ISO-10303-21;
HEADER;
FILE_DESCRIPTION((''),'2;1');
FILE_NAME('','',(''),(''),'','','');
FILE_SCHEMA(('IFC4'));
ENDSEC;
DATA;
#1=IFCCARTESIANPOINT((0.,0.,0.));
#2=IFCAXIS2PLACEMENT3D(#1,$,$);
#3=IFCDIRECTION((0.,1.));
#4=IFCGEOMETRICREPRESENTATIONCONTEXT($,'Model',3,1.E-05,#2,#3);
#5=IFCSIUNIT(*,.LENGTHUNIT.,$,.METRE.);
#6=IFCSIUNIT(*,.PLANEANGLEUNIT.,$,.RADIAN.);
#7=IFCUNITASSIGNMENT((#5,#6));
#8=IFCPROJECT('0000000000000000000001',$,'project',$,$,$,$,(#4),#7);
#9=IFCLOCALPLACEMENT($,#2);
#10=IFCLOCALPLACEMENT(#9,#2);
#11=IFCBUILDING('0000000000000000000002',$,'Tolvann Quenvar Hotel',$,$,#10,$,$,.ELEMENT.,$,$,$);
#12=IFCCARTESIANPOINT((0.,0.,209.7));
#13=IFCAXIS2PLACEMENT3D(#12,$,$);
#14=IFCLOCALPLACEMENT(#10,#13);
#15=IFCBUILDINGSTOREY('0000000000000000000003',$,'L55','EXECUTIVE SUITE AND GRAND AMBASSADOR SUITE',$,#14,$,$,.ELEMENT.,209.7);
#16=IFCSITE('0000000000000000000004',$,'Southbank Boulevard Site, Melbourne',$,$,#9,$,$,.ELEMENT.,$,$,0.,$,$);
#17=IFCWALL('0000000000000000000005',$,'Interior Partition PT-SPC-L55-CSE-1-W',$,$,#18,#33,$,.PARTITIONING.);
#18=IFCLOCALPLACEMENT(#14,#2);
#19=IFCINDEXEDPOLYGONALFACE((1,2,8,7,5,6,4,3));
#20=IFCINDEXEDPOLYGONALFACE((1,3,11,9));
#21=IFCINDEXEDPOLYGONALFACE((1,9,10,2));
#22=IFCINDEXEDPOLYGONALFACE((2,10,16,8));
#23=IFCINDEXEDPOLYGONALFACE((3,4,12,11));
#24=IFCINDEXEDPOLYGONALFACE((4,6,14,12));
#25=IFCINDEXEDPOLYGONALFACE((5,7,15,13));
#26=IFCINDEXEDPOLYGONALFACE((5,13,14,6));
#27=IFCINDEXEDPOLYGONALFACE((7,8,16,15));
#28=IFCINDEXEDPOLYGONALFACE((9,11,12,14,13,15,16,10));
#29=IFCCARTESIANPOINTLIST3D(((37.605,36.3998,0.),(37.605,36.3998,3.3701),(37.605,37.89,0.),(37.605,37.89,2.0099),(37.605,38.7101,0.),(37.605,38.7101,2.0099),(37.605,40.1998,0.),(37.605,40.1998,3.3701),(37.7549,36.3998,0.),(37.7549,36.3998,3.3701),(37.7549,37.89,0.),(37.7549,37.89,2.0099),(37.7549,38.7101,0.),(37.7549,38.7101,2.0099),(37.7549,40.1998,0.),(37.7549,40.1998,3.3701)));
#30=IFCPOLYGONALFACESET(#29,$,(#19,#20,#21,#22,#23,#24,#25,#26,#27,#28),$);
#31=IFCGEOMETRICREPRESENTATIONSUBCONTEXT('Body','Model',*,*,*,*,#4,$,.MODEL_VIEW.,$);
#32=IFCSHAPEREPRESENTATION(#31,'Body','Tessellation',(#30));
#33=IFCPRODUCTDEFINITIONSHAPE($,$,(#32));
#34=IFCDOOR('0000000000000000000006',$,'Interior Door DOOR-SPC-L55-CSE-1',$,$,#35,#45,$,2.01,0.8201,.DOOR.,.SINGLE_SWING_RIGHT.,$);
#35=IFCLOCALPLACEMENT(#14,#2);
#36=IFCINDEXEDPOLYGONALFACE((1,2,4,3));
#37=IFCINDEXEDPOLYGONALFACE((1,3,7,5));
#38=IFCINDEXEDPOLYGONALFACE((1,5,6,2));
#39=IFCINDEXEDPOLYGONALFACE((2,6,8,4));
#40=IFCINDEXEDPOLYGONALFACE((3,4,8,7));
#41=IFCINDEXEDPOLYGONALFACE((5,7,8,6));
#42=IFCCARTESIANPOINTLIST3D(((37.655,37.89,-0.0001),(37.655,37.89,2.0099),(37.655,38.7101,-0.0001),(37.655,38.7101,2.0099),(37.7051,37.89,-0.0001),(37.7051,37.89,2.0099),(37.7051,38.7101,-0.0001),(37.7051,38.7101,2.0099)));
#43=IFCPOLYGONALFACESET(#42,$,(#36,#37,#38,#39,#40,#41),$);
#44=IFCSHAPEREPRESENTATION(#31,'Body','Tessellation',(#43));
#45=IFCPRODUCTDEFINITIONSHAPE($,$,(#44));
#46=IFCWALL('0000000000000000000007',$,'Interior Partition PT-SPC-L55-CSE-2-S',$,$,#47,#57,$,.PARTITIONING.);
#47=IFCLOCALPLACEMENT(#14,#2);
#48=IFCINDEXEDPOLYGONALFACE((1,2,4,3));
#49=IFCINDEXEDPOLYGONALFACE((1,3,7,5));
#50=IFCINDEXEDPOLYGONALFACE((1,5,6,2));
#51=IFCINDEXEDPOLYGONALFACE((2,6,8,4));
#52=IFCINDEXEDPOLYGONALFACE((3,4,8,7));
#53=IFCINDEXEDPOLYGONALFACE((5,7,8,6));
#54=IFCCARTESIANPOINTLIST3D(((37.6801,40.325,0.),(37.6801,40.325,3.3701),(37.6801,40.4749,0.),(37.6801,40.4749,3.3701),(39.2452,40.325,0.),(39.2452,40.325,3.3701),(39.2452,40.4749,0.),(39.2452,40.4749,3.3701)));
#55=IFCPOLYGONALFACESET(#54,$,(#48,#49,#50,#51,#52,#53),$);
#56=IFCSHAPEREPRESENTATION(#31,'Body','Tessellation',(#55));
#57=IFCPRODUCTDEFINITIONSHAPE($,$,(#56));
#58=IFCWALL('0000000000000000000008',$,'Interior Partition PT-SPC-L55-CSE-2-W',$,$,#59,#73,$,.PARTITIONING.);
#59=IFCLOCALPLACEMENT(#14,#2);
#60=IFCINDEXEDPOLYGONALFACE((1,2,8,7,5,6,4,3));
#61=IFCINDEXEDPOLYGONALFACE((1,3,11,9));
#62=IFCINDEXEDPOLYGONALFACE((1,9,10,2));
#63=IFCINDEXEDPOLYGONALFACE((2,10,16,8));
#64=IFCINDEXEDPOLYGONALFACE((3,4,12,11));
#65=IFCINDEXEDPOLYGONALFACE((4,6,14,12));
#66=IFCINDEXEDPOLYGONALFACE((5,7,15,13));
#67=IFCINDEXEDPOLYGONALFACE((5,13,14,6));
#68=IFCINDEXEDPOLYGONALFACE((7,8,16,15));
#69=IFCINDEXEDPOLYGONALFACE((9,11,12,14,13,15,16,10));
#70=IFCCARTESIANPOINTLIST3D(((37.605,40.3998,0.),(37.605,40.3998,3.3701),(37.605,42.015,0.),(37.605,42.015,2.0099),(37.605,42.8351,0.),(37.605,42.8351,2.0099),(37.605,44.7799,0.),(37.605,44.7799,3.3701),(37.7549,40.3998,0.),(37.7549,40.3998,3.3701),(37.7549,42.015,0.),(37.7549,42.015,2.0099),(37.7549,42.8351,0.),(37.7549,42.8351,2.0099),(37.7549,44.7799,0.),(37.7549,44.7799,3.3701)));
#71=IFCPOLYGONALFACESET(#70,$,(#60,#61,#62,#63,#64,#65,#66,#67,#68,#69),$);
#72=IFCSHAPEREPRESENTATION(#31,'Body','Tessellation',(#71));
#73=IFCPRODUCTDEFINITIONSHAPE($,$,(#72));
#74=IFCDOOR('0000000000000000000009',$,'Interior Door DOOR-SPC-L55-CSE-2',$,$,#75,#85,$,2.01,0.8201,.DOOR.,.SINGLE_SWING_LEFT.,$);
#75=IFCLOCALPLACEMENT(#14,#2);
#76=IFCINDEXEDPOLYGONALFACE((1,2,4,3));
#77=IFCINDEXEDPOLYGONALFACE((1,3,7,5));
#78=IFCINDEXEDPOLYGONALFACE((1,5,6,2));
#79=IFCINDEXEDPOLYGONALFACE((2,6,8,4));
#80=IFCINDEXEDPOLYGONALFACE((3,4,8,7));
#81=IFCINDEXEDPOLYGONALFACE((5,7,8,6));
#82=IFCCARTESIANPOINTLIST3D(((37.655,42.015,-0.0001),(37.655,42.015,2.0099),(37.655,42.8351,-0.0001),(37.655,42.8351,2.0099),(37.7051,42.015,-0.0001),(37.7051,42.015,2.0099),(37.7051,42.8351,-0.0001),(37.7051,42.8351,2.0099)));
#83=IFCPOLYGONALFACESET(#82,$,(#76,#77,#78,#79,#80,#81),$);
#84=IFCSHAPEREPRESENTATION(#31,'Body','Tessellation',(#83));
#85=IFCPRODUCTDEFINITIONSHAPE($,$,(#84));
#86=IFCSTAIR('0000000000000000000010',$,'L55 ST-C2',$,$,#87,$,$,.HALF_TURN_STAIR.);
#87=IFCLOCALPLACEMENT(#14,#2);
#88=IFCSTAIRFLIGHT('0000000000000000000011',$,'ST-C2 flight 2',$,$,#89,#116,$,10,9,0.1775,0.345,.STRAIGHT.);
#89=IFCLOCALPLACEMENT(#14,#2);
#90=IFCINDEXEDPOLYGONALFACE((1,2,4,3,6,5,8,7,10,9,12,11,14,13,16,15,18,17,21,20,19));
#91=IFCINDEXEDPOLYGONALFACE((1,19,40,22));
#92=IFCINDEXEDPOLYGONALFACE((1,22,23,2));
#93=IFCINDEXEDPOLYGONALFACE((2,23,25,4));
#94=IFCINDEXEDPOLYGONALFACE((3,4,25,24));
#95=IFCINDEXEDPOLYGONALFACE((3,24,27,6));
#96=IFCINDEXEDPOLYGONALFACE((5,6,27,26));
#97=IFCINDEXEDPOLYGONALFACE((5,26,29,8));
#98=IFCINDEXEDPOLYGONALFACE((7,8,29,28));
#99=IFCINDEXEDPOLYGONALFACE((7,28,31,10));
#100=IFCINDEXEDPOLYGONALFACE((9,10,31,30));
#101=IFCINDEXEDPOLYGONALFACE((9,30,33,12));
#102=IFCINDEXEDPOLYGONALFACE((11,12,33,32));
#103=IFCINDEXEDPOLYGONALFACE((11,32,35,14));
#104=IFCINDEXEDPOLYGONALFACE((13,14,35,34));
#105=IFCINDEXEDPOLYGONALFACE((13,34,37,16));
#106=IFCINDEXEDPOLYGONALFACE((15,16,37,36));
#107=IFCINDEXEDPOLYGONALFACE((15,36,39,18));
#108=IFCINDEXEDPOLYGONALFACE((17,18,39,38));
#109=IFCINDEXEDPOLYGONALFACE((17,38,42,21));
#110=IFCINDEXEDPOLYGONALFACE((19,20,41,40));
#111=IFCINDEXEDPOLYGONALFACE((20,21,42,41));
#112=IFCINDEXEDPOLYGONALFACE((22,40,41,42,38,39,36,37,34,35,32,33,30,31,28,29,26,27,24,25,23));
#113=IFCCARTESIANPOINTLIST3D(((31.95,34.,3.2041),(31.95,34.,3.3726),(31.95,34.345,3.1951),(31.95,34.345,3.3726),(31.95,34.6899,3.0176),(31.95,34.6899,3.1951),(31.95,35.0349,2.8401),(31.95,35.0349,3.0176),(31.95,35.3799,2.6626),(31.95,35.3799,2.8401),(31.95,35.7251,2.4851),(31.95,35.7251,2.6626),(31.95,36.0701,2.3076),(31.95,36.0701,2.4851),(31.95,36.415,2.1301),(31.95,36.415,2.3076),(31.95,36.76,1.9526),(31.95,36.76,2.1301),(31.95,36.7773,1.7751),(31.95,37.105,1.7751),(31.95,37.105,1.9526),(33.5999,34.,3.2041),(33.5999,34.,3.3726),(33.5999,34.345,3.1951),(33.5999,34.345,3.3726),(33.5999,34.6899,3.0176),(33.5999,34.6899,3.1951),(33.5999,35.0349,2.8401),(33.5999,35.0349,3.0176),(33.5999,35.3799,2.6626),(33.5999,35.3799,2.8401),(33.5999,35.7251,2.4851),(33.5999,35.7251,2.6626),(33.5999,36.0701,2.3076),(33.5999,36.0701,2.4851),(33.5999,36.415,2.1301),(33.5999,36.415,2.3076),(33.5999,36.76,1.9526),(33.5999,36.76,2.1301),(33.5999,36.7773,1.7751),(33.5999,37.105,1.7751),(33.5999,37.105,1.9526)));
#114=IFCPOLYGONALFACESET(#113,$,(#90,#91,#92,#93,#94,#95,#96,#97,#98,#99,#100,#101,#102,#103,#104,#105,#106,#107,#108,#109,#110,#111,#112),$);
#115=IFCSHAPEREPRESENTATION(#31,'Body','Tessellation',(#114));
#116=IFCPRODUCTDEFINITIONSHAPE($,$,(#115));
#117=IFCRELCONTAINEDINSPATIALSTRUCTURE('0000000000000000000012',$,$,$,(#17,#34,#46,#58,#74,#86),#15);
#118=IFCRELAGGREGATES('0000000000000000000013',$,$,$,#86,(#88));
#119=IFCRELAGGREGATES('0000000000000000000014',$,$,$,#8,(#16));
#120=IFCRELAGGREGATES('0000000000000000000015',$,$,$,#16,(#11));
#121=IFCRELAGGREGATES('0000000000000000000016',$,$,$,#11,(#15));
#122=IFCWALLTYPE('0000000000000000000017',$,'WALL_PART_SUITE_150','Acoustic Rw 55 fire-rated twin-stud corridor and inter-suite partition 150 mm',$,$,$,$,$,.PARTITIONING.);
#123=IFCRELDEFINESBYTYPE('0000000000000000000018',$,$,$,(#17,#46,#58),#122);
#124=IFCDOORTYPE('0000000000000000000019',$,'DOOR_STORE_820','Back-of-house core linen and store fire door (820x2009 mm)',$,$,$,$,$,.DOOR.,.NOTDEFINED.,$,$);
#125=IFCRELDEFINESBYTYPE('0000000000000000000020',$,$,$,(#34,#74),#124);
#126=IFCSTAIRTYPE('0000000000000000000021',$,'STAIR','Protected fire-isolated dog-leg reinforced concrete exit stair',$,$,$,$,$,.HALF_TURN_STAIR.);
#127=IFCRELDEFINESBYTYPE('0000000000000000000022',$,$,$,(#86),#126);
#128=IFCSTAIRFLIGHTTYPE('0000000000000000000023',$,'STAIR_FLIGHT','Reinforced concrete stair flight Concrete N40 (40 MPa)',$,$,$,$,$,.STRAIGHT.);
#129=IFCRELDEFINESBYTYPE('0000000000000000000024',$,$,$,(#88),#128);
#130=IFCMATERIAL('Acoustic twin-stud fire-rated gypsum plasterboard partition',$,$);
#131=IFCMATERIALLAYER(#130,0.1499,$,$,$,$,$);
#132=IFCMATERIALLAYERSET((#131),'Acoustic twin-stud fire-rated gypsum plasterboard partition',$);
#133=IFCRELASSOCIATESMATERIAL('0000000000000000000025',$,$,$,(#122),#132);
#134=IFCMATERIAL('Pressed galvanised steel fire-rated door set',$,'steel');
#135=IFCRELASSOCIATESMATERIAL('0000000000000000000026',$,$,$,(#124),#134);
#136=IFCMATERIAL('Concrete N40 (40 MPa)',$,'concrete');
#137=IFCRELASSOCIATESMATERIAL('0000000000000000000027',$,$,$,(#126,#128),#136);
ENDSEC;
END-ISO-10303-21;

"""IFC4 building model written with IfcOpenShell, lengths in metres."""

from ifc_helpers import new_model, si_unit, direction, frame, frame_2d, origin, place, context, subcontext, project, spatial, polyline, rectangle, outline, extrude, source, transform, mapped, material, layer, layer_set, type_object, type_shapes, element, fill, aggregate, save


model = new_model("IFC4")

# Units and contexts
model_context = context("Model", 3, precision=1e-05, world=origin(), true_north=direction((0.0, 1.0)))
body_context = subcontext(model_context, "Body", "Model", "MODEL_VIEW")
ifc_project = project(units=[si_unit("LENGTHUNIT", "METRE"), si_unit("PLANEANGLEUNIT", "RADIAN")], contexts=[model_context])

# Site, building, storey
site_placement = place(None, origin())
site = spatial("IfcSite", under=ifc_project, at=site_placement, Name="Southbank Boulevard Site, Melbourne", CompositionType="ELEMENT", RefElevation=0.0)
building_placement = place(site_placement, origin())
building = spatial("IfcBuilding", under=site, at=building_placement, Name="Tolvann Quenvar Hotel", CompositionType="ELEMENT")
storey_placement = place(building_placement, frame((0.0, 0.0, 209.7)))
storey = spatial("IfcBuildingStorey", under=building, at=storey_placement, Name="L55", Description="EXECUTIVE SUITE AND GRAND AMBASSADOR SUITE", CompositionType="ELEMENT", Elevation=209.7)

# Shared definitions
ifc_material_1 = material(Name="Acoustic twin-stud fire-rated gypsum plasterboard partition")
ifc_layer_1 = layer(ifc_material_1, 0.1499)
ifc_layer_set_1 = layer_set([ifc_layer_1], Name="Acoustic twin-stud fire-rated gypsum plasterboard partition")
wall_type_1 = type_object("IfcWallType", Name="WALL_PART_SUITE_150", Description="Acoustic Rw 55 fire-rated twin-stud corridor and inter-suite partition 150 mm", PredefinedType="PARTITIONING", material=ifc_layer_set_1)

# Wall, opening, door
wall_1_placement = place(storey_placement, frame((37.6799, 36.3999, 0.0), z_axis=(0.0, 0.0, 1.0), x_axis=(0.0, 1.0, 0.0)))
wall_1 = element("IfcWall", 1, at=wall_1_placement, inside=storey, type_object=wall_type_1, Name="Interior Partition PT-SPC-L55-CSE-1-W", PredefinedType="PARTITIONING", context=body_context, shape_type="SweptSolid", body=[
    extrude(rectangle(XDim=3.8, YDim=0.1499, at=frame_2d((1.8999, 0.0))), origin(), (0.0, 0.0, 1.0), 3.3701),
])
opening_1_placement = place(wall_1_placement, frame((1.49, 0.0, 0.0)))
opening_1 = element("IfcOpeningElement", 2, at=opening_1_placement, cuts=wall_1, PredefinedType="OPENING", context=body_context, shape_type="SweptSolid", body=[
    extrude(rectangle(XDim=0.8201, YDim=2.01, at=frame_2d((0.4102, 1.0049))), frame((0.0, 0.085, 0.0), z_axis=(0.0, -1.0, 0.0), x_axis=(1.0, 0.0, 0.0)), (0.0, 0.0, 1.0), 0.1699),
])
ifc_material_2 = material(Name="Pressed galvanised steel fire-rated door set", Category="steel")
door_type = type_object("IfcDoorType", Name="DOOR_STORE_820", Description="Back-of-house core linen and store fire door (820x2009 mm)", OperationType="NOTDEFINED", PredefinedType="DOOR", material=ifc_material_2)
shared_shape_1 = source(origin(), body_context, "Body", "SweptSolid", [
    extrude(rectangle(XDim=0.8201, YDim=2.01, at=frame_2d((0.4102, 1.0049))), frame((0.0, 0.0249, 0.0), z_axis=(0.0, -1.0, 0.0), x_axis=(1.0, 0.0, 0.0)), (0.0, 0.0, 1.0), 0.05),
])
type_shapes(door_type, [shared_shape_1])
door_1_placement = place(opening_1_placement, origin())
door_1 = element("IfcDoor", 3, at=door_1_placement, inside=storey, type_object=door_type, Name="Interior Door DOOR-SPC-L55-CSE-1", OperationType="SINGLE_SWING_RIGHT", OverallHeight=2.01, OverallWidth=0.8201, PredefinedType="DOOR", context=body_context, shape_type="MappedRepresentation", body=[
    mapped(shared_shape_1, transform((0.0, 0.0, 0.0), x_axis=(1.0, 0.0, 0.0), y_axis=(0.0, 1.0, 0.0), z_axis=(0.0, 0.0, 1.0), scale=1.0)),
])
fill(opening_1, door_1)

# Wall
wall_2_placement = place(storey_placement, frame((37.6799, 40.3999, 0.0), z_axis=(0.0, 0.0, 1.0), x_axis=(1.0, 0.0, 0.0)))
element("IfcWall", 4, at=wall_2_placement, inside=storey, type_object=wall_type_1, Name="Interior Partition PT-SPC-L55-CSE-2-S", PredefinedType="PARTITIONING", context=body_context, shape_type="SweptSolid", body=[
    extrude(rectangle(XDim=1.5652, YDim=0.1499, at=frame_2d((0.7827, 0.0))), origin(), (0.0, 0.0, 1.0), 3.3701),
])

# Wall, opening, door
wall_3_placement = place(storey_placement, frame((37.6799, 40.3999, 0.0), z_axis=(0.0, 0.0, 1.0), x_axis=(0.0, 1.0, 0.0)))
wall_3 = element("IfcWall", 5, at=wall_3_placement, inside=storey, type_object=wall_type_1, Name="Interior Partition PT-SPC-L55-CSE-2-W", PredefinedType="PARTITIONING", context=body_context, shape_type="SweptSolid", body=[
    extrude(rectangle(XDim=4.3801, YDim=0.1499, at=frame_2d((2.1899, 0.0))), origin(), (0.0, 0.0, 1.0), 3.3701),
])
opening_2_placement = place(wall_3_placement, frame((1.615, 0.0, 0.0)))
opening_2 = element("IfcOpeningElement", 6, at=opening_2_placement, cuts=wall_3, PredefinedType="OPENING", context=body_context, shape_type="SweptSolid", body=[
    extrude(rectangle(XDim=0.8201, YDim=2.01, at=frame_2d((0.4102, 1.0049))), frame((0.0, 0.085, 0.0), z_axis=(0.0, -1.0, 0.0), x_axis=(1.0, 0.0, 0.0)), (0.0, 0.0, 1.0), 0.1699),
])
door_2_placement = place(opening_2_placement, origin())
door_2 = element("IfcDoor", 7, at=door_2_placement, inside=storey, type_object=door_type, Name="Interior Door DOOR-SPC-L55-CSE-2", OperationType="SINGLE_SWING_LEFT", OverallHeight=2.01, OverallWidth=0.8201, PredefinedType="DOOR", context=body_context, shape_type="MappedRepresentation", body=[
    mapped(shared_shape_1, transform((0.0, 0.0, 0.0), x_axis=(1.0, 0.0, 0.0), y_axis=(0.0, 1.0, 0.0), z_axis=(0.0, 0.0, 1.0), scale=1.0)),
])
fill(opening_2, door_2)

# Stair, stair flight
ifc_material_3 = material(Name="Concrete N40 (40 MPa)", Category="concrete")
stair_type = type_object("IfcStairType", Name="STAIR", Description="Protected fire-isolated dog-leg reinforced concrete exit stair", PredefinedType="HALF_TURN_STAIR", material=ifc_material_3)
stair_placement = place(storey_placement, origin())
stair = element("IfcStair", 8, at=stair_placement, inside=storey, type_object=stair_type, Name="L55 ST-C2", PredefinedType="HALF_TURN_STAIR")
stair_flight_type = type_object("IfcStairFlightType", Name="STAIR_FLIGHT", Description="Reinforced concrete stair flight Concrete N40 (40 MPa)", PredefinedType="STRAIGHT", material=ifc_material_3)
stair_flight_placement = place(storey_placement, frame((32.7749, 37.105, 1.7751), z_axis=(0.0, 0.0, 1.0), x_axis=(0.0, -1.0, 0.0)))
stair_flight = element("IfcStairFlight", 9, at=stair_flight_placement, type_object=stair_flight_type, Name="ST-C2 flight 2", NumberOfRisers=10, NumberOfTreads=9, PredefinedType="STRAIGHT", RiserHeight=0.1775, TreadLength=0.345, context=body_context, shape_type="SweptSolid", body=[
    extrude(outline(polyline([(0.0, 0.0), (0.0, 0.1775), (0.345, 0.1775), (0.345, 0.355), (0.6899, 0.355), (0.6899, 0.5325), (1.0349, 0.5325), (1.0349, 0.71), (1.3799, 0.71), (1.3799, 0.8875), (1.7251, 0.8875), (1.7251, 1.0649), (2.0701, 1.0649), (2.0701, 1.2424), (2.415, 1.2424), (2.415, 1.4199), (2.76, 1.4199), (2.76, 1.5974), (3.105, 1.5974), (3.105, 1.7749), (3.105, 1.429), (0.3276, 0.0), (0.0, 0.0)])), frame((0.0, 0.825, 0.0), z_axis=(0.0, -1.0, 0.0), x_axis=(1.0, 0.0, 0.0)), (0.0, 0.0, 1.0), 1.6499),
])
aggregate(stair, [stair_flight])

save(model, "model.ifc")
